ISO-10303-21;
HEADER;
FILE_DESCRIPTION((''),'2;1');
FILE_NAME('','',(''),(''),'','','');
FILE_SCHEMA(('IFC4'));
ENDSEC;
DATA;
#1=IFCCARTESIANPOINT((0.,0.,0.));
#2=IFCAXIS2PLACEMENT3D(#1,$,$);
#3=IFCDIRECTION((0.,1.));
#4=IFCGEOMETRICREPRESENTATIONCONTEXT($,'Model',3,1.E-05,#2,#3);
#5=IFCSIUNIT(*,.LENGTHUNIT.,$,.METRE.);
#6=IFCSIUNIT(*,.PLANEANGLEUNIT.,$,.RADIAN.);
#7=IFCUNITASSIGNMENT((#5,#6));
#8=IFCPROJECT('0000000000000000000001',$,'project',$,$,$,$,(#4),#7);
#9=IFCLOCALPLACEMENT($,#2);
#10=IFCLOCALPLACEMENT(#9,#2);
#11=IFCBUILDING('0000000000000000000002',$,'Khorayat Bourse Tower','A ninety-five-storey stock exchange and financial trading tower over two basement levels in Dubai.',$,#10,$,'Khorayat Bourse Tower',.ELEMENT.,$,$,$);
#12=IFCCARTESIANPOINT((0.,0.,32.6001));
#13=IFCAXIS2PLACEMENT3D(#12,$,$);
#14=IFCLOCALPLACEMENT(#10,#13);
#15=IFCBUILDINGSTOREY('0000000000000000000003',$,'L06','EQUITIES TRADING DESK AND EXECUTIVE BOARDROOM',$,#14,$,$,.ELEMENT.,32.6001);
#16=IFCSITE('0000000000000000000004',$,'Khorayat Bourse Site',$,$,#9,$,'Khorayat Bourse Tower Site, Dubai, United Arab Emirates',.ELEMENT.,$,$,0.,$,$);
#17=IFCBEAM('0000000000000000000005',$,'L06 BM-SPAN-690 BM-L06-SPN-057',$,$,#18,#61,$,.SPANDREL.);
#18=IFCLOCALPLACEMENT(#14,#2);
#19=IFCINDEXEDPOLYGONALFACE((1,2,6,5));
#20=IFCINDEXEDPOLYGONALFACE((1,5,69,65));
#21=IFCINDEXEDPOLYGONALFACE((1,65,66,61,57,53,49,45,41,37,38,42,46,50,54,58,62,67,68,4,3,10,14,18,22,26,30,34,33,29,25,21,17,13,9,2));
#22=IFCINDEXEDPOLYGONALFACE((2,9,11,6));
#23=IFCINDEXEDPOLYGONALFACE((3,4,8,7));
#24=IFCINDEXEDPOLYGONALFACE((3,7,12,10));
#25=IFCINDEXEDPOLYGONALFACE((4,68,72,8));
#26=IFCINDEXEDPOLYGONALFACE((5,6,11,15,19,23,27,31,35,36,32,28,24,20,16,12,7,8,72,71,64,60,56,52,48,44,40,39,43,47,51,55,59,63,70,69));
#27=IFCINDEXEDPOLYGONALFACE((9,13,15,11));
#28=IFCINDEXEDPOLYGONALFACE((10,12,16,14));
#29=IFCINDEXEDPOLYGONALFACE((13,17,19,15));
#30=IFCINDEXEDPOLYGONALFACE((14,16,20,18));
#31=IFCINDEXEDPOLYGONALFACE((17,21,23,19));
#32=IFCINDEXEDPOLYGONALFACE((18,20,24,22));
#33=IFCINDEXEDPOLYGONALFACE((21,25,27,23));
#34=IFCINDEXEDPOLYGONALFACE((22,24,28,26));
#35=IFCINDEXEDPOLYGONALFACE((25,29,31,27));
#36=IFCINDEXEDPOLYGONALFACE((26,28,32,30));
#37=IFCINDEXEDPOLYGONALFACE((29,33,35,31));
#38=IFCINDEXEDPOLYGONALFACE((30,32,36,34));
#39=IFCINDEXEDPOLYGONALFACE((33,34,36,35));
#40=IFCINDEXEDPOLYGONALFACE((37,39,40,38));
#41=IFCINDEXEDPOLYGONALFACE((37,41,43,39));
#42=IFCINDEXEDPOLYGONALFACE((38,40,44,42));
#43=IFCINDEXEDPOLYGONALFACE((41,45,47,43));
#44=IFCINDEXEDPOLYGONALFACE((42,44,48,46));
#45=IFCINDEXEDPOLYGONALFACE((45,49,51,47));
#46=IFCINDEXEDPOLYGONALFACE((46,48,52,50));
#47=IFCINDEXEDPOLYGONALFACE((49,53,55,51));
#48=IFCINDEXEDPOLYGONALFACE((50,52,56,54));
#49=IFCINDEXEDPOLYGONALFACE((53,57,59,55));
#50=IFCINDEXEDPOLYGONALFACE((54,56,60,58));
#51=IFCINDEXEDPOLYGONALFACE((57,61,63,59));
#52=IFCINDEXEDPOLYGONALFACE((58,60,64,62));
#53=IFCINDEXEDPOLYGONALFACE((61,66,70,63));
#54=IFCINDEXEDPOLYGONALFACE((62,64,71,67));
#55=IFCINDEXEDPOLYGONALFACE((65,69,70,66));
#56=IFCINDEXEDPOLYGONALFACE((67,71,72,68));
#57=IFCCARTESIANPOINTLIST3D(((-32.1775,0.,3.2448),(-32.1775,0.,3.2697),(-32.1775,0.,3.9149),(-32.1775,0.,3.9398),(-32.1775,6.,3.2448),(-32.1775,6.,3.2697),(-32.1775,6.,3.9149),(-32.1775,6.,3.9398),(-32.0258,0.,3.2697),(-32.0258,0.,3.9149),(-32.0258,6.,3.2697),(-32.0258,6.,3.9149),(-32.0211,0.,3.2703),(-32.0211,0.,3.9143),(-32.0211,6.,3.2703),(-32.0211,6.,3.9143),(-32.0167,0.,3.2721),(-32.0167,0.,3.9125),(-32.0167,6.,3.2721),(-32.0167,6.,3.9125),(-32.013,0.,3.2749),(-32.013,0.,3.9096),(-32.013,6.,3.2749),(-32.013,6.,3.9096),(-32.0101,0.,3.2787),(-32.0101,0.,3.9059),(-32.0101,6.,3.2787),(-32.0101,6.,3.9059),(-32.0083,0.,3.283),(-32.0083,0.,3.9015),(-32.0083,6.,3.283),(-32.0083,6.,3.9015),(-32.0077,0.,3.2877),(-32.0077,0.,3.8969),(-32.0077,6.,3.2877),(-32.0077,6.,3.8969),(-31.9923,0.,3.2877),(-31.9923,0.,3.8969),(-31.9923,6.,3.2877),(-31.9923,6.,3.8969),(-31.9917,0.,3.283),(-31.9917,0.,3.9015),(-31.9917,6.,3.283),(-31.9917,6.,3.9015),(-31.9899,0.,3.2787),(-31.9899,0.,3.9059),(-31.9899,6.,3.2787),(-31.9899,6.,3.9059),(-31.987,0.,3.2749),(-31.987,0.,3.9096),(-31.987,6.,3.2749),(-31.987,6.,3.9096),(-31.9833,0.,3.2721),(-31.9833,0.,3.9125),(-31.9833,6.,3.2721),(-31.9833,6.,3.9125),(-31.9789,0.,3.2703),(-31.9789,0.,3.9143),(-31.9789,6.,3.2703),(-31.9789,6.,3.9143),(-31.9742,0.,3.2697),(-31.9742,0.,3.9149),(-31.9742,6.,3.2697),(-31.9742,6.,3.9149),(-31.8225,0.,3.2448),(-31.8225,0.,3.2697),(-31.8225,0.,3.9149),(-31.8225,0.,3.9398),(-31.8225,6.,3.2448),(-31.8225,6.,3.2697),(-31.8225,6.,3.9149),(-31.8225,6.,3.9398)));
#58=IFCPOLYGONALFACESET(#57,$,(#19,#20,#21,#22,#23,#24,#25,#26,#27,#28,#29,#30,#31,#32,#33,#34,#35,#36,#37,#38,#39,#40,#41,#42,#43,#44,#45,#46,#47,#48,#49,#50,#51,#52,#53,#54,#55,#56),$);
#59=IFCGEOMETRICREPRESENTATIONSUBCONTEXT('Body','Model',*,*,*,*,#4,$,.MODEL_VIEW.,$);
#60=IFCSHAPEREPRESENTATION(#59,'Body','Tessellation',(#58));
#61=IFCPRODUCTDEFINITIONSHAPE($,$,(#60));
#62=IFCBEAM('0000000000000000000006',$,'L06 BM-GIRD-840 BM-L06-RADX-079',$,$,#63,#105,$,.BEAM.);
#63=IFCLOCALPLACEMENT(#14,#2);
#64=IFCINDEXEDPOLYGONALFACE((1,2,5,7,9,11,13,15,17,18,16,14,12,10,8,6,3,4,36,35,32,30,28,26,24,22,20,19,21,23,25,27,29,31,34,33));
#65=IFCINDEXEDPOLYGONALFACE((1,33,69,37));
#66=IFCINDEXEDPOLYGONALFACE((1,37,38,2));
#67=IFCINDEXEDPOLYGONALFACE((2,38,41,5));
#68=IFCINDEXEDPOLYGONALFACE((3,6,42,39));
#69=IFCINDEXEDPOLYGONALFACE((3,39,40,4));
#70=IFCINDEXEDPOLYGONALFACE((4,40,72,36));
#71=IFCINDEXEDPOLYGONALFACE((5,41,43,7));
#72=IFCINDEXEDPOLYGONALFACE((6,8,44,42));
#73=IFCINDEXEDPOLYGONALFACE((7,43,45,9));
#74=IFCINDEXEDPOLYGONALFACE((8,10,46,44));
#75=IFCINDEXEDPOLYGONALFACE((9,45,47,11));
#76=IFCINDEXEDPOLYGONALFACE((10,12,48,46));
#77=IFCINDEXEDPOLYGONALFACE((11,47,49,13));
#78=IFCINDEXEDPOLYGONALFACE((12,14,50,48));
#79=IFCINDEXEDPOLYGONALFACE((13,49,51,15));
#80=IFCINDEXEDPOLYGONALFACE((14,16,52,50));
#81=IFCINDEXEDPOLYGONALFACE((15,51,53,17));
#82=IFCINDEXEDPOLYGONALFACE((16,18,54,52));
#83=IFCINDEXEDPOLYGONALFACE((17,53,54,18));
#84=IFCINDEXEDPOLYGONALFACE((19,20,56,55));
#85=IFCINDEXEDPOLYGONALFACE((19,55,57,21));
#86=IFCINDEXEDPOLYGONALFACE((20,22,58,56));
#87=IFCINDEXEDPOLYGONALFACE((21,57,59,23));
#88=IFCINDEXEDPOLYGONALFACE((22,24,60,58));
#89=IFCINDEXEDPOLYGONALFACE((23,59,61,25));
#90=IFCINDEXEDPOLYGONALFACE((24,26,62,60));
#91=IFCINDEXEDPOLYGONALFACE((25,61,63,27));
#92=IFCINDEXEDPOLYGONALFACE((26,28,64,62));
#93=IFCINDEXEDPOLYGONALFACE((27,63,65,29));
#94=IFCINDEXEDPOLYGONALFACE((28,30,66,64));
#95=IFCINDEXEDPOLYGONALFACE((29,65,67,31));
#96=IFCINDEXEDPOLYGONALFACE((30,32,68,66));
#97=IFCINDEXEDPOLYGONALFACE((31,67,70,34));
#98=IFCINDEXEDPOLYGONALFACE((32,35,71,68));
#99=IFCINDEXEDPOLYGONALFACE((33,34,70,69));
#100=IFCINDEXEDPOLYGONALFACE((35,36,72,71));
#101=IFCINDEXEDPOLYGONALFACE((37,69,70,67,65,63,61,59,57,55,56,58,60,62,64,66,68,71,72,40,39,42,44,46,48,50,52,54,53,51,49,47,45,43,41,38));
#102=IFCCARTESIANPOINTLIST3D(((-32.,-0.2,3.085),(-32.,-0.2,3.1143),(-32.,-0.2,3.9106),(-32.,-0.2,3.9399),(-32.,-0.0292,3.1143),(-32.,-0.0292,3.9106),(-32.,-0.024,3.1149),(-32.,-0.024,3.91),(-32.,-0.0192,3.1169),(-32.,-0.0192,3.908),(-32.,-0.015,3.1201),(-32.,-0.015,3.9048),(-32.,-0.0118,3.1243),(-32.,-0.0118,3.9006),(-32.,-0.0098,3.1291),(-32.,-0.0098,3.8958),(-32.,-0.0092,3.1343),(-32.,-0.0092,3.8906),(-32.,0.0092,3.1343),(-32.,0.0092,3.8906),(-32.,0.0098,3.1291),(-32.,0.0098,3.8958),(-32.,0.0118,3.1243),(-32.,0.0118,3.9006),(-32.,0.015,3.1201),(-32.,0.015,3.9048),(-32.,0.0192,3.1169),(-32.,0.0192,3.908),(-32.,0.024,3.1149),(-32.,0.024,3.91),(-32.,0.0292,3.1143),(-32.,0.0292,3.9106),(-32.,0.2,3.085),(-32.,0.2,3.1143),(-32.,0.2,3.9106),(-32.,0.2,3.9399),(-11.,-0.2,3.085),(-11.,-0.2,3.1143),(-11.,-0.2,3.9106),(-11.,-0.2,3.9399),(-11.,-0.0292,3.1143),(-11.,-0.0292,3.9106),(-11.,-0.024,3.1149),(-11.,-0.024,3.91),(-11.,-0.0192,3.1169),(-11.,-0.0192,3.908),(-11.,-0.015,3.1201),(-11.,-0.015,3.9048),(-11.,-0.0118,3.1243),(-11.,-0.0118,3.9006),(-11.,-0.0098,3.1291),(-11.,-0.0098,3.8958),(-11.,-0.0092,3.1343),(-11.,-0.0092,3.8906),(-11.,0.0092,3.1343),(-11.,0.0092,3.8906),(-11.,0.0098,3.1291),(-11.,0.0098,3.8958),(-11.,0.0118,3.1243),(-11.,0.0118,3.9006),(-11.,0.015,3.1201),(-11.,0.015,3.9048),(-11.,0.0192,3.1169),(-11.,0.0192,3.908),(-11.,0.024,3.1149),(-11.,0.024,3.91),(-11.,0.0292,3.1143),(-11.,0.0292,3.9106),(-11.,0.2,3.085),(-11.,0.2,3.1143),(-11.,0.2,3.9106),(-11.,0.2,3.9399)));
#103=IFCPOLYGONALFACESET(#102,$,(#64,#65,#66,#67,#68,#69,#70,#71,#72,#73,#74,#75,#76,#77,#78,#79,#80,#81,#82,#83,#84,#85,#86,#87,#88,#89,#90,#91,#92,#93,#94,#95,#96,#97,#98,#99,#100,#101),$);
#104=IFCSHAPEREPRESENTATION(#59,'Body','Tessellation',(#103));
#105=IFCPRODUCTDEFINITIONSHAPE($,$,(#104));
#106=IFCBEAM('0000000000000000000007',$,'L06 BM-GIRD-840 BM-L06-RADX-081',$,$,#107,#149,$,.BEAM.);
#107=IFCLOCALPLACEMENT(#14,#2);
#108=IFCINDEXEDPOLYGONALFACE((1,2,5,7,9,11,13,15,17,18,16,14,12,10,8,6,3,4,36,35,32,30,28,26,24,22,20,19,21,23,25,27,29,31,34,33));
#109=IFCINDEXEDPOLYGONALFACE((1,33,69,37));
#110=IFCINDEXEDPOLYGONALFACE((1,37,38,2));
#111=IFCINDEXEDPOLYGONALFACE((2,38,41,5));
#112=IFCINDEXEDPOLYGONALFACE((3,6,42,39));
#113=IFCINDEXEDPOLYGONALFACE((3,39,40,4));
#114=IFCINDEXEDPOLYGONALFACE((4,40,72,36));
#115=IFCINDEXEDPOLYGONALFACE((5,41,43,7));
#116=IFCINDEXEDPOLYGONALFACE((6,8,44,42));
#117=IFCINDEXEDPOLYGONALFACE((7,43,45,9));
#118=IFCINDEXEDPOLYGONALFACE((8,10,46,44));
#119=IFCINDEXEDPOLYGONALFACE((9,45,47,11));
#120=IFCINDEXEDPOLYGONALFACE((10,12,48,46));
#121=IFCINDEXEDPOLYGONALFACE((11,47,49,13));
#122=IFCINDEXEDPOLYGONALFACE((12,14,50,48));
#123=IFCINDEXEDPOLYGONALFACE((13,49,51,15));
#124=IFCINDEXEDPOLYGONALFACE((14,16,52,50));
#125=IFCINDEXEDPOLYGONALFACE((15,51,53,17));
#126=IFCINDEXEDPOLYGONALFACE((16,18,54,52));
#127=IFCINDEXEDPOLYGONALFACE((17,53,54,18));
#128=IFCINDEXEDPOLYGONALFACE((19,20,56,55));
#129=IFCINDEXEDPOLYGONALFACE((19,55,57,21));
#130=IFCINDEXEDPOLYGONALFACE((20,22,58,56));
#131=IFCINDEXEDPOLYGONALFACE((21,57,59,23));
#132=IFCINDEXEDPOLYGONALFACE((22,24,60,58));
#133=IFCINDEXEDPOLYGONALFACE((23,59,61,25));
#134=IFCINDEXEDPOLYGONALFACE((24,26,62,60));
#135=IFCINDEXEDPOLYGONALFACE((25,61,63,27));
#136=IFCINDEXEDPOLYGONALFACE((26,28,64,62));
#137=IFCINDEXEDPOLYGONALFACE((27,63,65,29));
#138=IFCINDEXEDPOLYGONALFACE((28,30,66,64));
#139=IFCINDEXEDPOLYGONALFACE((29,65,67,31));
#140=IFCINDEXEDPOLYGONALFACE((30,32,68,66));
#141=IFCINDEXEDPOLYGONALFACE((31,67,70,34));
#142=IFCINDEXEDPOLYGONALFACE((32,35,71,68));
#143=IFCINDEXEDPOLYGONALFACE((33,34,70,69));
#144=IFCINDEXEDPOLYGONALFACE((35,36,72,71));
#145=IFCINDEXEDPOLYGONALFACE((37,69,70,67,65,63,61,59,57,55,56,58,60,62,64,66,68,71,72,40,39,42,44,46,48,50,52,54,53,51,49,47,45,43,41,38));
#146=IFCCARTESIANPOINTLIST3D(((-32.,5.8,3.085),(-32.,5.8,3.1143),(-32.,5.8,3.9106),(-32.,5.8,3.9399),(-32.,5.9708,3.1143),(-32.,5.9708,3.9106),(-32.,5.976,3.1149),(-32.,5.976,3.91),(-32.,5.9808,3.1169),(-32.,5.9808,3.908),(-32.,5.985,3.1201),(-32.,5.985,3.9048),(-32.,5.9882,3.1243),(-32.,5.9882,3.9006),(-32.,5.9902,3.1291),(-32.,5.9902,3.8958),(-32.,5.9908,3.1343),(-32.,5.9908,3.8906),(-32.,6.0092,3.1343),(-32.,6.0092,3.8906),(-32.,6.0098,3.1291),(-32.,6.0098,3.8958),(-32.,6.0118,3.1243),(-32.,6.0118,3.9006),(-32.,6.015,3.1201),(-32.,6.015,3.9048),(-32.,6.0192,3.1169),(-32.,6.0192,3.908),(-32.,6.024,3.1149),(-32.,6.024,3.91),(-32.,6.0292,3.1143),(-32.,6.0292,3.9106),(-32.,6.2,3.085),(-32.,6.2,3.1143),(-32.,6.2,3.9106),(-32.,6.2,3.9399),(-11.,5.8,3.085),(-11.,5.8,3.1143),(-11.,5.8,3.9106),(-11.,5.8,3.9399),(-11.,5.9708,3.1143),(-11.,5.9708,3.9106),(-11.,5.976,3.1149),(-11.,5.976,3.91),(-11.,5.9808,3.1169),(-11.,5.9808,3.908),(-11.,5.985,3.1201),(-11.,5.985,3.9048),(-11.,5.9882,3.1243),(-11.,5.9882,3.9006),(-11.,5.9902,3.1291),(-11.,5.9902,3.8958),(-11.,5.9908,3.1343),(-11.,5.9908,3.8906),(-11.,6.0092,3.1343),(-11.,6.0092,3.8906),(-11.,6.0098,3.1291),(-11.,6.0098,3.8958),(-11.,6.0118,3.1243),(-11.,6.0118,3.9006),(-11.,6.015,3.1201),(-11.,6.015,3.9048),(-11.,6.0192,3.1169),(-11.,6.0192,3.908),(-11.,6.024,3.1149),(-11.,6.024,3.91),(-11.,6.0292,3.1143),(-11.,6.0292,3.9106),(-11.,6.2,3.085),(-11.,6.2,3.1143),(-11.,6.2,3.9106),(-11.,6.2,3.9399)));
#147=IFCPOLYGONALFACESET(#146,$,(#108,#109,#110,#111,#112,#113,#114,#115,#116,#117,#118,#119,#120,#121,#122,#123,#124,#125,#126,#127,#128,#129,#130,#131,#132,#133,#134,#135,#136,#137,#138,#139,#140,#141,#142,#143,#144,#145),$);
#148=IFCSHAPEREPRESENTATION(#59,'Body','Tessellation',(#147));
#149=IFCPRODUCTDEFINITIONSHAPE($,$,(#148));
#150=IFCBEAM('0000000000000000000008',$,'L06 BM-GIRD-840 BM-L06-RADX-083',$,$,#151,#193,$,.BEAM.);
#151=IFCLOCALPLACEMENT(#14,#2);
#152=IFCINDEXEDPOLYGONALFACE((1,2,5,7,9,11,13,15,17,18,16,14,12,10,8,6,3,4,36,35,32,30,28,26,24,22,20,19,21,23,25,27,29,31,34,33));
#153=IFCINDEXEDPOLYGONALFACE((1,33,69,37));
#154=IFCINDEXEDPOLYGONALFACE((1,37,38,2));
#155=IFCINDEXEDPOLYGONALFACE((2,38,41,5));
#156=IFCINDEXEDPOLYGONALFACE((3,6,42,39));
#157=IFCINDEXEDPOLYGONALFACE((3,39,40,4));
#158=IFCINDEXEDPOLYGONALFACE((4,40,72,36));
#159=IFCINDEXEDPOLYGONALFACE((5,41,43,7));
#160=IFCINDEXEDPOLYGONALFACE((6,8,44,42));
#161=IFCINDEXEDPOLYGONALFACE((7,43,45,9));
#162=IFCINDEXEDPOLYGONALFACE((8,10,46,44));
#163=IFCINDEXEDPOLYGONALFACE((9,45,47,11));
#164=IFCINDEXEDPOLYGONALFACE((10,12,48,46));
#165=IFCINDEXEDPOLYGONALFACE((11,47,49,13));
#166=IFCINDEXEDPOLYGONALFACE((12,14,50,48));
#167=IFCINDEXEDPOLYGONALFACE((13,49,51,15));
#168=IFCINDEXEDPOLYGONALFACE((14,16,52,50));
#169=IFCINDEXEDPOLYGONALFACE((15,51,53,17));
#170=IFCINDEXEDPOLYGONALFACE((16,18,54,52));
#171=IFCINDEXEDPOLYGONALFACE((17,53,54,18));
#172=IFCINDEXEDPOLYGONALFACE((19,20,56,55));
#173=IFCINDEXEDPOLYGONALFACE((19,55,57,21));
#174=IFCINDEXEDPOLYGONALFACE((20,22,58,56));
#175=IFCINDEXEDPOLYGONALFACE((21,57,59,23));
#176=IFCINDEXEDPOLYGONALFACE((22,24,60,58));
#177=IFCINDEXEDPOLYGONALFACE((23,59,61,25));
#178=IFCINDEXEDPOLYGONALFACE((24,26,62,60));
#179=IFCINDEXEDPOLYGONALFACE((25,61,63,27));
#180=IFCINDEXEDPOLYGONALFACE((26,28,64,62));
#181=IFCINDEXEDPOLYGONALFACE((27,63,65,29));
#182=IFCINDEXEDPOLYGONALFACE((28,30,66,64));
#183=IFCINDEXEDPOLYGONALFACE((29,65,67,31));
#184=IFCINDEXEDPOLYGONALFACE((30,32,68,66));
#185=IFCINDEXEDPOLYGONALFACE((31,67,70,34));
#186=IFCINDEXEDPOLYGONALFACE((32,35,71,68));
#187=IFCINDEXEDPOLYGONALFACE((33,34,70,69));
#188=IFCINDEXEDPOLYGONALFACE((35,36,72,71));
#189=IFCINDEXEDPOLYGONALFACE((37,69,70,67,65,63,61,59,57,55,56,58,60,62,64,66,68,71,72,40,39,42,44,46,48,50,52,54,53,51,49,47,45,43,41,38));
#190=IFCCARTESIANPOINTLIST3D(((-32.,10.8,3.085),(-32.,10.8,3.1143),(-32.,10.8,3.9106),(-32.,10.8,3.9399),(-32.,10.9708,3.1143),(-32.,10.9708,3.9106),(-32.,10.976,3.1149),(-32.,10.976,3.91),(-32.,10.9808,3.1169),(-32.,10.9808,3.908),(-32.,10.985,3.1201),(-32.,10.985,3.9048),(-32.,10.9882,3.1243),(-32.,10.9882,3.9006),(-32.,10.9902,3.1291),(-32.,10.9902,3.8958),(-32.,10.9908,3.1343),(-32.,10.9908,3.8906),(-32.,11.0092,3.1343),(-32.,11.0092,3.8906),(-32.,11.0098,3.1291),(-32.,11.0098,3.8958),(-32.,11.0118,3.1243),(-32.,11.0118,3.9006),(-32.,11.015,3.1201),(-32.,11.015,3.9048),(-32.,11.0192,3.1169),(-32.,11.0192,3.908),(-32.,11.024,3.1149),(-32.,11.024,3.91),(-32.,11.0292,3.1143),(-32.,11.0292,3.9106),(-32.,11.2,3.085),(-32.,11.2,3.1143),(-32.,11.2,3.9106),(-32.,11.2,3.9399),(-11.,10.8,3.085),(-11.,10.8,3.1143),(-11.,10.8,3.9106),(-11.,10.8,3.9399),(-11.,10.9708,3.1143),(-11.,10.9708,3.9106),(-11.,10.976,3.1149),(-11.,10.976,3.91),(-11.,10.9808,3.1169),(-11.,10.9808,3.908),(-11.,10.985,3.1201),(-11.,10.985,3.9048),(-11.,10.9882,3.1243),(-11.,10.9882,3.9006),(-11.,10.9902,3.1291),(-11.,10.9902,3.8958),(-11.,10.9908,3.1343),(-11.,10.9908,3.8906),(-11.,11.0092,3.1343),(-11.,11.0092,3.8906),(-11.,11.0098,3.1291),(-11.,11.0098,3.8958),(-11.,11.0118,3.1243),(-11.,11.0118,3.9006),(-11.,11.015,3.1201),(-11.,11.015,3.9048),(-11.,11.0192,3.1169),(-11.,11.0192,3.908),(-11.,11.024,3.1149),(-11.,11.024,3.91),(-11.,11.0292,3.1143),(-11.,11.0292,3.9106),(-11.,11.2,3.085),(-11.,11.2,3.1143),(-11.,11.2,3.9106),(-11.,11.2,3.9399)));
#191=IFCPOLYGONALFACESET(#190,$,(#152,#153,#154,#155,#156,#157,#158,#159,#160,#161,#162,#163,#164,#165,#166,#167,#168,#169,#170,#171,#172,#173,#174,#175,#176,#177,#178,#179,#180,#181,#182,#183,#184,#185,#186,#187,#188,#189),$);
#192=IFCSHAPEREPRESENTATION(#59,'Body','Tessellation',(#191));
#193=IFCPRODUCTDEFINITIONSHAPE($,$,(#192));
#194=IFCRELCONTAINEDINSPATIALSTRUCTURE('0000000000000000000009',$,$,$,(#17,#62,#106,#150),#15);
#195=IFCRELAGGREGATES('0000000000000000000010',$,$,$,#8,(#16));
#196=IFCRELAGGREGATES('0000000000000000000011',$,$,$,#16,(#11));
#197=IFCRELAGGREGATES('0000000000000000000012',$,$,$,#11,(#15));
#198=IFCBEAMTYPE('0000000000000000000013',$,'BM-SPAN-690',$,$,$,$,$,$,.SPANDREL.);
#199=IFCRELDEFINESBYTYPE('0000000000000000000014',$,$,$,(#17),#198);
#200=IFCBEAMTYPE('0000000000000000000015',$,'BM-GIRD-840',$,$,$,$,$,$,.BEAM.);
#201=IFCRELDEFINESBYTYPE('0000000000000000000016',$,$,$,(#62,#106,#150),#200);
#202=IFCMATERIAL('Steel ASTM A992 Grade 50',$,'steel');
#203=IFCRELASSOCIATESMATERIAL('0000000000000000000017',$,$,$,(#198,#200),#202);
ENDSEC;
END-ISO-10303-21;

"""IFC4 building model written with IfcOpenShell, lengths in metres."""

from ifc_helpers import new_model, si_unit, direction, frame, origin, origin_2d, place, context, subcontext, project, spatial, i_section, extrude, source, transform, mapped, material, material_profile, profile_set, type_object, element, save


model = new_model("IFC4")

# Units and contexts
model_context = context("Model", 3, precision=1e-05, world=origin(), true_north=direction((0.0, 1.0)))
body_context = subcontext(model_context, "Body", "Model", "MODEL_VIEW")
ifc_project = project(units=[si_unit("LENGTHUNIT", "METRE"), si_unit("PLANEANGLEUNIT", "RADIAN")], contexts=[model_context])

# Site, building, storey
site_placement = place(None, origin())
site = spatial("IfcSite", under=ifc_project, at=site_placement, Name="Khorayat Bourse Site", LongName="Khorayat Bourse Tower Site, Dubai, United Arab Emirates", CompositionType="ELEMENT", RefElevation=0.0)
building_placement = place(site_placement, origin())
building = spatial("IfcBuilding", under=site, at=building_placement, Name="Khorayat Bourse Tower", Description="A ninety-five-storey stock exchange and financial trading tower over two basement levels in Dubai.", LongName="Khorayat Bourse Tower", CompositionType="ELEMENT")
storey_placement = place(building_placement, frame((0.0, 0.0, 32.6001)))
storey = spatial("IfcBuildingStorey", under=building, at=storey_placement, Name="L06", Description="EQUITIES TRADING DESK AND EXECUTIVE BOARDROOM", CompositionType="ELEMENT", Elevation=32.6001)

# Beams
ifc_material_1 = material(Name="Steel ASTM A992 Grade 50", Category="steel")
ifc_material_profile_1 = material_profile(ifc_material_1, i_section(OverallWidth=0.355, OverallDepth=0.6951, WebThickness=0.0154, FlangeThickness=0.0249, FilletRadius=0.0181, at=origin_2d()), Name="W690X217")
ifc_profile_set_1 = profile_set([ifc_material_profile_1], Name="Steel ASTM A992 Grade 50")
beam_type_1 = type_object("IfcBeamType", Name="BM-SPAN-690", PredefinedType="SPANDREL", material=ifc_profile_set_1)
shared_shape_1 = source(origin(), body_context, "Body", "SweptSolid", [
    extrude(i_section(OverallWidth=0.355, OverallDepth=0.6951, WebThickness=0.0154, FlangeThickness=0.0249, FilletRadius=0.0181, at=origin_2d()), origin(), (0.0, 0.0, 1.0), 6.0),
])
beam_1_placement = place(storey_placement, frame((-32.0, 0.0, 3.5923), z_axis=(0.0, 1.0, 0.0), x_axis=(-1.0, 0.0, 0.0)))
element("IfcBeam", 1, at=beam_1_placement, inside=storey, type_object=beam_type_1, Name="L06 BM-SPAN-690 BM-L06-SPN-057", PredefinedType="SPANDREL", context=body_context, shape_type="MappedRepresentation", body=[
    mapped(shared_shape_1, transform((0.0, 0.0, 0.0), scale=1.0)),
])
ifc_material_profile_2 = material_profile(ifc_material_1, i_section(OverallWidth=0.3999, OverallDepth=0.855, WebThickness=0.0183, FlangeThickness=0.0293, FilletRadius=0.02, at=origin_2d()), Name="W840X299")
ifc_profile_set_2 = profile_set([ifc_material_profile_2], Name="Steel ASTM A992 Grade 50")
beam_type_2 = type_object("IfcBeamType", Name="BM-GIRD-840", PredefinedType="BEAM", material=ifc_profile_set_2)
shared_shape_2 = source(origin(), body_context, "Body", "SweptSolid", [
    extrude(i_section(OverallWidth=0.3999, OverallDepth=0.855, WebThickness=0.0183, FlangeThickness=0.0293, FilletRadius=0.02, at=origin_2d()), origin(), (0.0, 0.0, 1.0), 21.0),
])
for number, where, z_axis, x_axis, name in (
    (2, (-32.0, 0.0, 3.5125), (1.0, 0.0, 0.0), (0.0, 1.0, 0.0), "L06 BM-GIRD-840 BM-L06-RADX-079"),
    (3, (-32.0, 6.0, 3.5125), (1.0, 0.0, 0.0), (0.0, 1.0, 0.0), "L06 BM-GIRD-840 BM-L06-RADX-081"),
    (4, (-32.0, 11.0, 3.5125), (1.0, 0.0, 0.0), (0.0, 1.0, 0.0), "L06 BM-GIRD-840 BM-L06-RADX-083"),
):
    element("IfcBeam", number, at=place(storey_placement, frame(where, z_axis=z_axis, x_axis=x_axis)), inside=storey, type_object=beam_type_2, Name=name, PredefinedType="BEAM", context=body_context, shape_type="MappedRepresentation", body=[
        mapped(shared_shape_2, transform((0.0, 0.0, 0.0), scale=1.0)),
    ])

save(model, "model.ifc")
